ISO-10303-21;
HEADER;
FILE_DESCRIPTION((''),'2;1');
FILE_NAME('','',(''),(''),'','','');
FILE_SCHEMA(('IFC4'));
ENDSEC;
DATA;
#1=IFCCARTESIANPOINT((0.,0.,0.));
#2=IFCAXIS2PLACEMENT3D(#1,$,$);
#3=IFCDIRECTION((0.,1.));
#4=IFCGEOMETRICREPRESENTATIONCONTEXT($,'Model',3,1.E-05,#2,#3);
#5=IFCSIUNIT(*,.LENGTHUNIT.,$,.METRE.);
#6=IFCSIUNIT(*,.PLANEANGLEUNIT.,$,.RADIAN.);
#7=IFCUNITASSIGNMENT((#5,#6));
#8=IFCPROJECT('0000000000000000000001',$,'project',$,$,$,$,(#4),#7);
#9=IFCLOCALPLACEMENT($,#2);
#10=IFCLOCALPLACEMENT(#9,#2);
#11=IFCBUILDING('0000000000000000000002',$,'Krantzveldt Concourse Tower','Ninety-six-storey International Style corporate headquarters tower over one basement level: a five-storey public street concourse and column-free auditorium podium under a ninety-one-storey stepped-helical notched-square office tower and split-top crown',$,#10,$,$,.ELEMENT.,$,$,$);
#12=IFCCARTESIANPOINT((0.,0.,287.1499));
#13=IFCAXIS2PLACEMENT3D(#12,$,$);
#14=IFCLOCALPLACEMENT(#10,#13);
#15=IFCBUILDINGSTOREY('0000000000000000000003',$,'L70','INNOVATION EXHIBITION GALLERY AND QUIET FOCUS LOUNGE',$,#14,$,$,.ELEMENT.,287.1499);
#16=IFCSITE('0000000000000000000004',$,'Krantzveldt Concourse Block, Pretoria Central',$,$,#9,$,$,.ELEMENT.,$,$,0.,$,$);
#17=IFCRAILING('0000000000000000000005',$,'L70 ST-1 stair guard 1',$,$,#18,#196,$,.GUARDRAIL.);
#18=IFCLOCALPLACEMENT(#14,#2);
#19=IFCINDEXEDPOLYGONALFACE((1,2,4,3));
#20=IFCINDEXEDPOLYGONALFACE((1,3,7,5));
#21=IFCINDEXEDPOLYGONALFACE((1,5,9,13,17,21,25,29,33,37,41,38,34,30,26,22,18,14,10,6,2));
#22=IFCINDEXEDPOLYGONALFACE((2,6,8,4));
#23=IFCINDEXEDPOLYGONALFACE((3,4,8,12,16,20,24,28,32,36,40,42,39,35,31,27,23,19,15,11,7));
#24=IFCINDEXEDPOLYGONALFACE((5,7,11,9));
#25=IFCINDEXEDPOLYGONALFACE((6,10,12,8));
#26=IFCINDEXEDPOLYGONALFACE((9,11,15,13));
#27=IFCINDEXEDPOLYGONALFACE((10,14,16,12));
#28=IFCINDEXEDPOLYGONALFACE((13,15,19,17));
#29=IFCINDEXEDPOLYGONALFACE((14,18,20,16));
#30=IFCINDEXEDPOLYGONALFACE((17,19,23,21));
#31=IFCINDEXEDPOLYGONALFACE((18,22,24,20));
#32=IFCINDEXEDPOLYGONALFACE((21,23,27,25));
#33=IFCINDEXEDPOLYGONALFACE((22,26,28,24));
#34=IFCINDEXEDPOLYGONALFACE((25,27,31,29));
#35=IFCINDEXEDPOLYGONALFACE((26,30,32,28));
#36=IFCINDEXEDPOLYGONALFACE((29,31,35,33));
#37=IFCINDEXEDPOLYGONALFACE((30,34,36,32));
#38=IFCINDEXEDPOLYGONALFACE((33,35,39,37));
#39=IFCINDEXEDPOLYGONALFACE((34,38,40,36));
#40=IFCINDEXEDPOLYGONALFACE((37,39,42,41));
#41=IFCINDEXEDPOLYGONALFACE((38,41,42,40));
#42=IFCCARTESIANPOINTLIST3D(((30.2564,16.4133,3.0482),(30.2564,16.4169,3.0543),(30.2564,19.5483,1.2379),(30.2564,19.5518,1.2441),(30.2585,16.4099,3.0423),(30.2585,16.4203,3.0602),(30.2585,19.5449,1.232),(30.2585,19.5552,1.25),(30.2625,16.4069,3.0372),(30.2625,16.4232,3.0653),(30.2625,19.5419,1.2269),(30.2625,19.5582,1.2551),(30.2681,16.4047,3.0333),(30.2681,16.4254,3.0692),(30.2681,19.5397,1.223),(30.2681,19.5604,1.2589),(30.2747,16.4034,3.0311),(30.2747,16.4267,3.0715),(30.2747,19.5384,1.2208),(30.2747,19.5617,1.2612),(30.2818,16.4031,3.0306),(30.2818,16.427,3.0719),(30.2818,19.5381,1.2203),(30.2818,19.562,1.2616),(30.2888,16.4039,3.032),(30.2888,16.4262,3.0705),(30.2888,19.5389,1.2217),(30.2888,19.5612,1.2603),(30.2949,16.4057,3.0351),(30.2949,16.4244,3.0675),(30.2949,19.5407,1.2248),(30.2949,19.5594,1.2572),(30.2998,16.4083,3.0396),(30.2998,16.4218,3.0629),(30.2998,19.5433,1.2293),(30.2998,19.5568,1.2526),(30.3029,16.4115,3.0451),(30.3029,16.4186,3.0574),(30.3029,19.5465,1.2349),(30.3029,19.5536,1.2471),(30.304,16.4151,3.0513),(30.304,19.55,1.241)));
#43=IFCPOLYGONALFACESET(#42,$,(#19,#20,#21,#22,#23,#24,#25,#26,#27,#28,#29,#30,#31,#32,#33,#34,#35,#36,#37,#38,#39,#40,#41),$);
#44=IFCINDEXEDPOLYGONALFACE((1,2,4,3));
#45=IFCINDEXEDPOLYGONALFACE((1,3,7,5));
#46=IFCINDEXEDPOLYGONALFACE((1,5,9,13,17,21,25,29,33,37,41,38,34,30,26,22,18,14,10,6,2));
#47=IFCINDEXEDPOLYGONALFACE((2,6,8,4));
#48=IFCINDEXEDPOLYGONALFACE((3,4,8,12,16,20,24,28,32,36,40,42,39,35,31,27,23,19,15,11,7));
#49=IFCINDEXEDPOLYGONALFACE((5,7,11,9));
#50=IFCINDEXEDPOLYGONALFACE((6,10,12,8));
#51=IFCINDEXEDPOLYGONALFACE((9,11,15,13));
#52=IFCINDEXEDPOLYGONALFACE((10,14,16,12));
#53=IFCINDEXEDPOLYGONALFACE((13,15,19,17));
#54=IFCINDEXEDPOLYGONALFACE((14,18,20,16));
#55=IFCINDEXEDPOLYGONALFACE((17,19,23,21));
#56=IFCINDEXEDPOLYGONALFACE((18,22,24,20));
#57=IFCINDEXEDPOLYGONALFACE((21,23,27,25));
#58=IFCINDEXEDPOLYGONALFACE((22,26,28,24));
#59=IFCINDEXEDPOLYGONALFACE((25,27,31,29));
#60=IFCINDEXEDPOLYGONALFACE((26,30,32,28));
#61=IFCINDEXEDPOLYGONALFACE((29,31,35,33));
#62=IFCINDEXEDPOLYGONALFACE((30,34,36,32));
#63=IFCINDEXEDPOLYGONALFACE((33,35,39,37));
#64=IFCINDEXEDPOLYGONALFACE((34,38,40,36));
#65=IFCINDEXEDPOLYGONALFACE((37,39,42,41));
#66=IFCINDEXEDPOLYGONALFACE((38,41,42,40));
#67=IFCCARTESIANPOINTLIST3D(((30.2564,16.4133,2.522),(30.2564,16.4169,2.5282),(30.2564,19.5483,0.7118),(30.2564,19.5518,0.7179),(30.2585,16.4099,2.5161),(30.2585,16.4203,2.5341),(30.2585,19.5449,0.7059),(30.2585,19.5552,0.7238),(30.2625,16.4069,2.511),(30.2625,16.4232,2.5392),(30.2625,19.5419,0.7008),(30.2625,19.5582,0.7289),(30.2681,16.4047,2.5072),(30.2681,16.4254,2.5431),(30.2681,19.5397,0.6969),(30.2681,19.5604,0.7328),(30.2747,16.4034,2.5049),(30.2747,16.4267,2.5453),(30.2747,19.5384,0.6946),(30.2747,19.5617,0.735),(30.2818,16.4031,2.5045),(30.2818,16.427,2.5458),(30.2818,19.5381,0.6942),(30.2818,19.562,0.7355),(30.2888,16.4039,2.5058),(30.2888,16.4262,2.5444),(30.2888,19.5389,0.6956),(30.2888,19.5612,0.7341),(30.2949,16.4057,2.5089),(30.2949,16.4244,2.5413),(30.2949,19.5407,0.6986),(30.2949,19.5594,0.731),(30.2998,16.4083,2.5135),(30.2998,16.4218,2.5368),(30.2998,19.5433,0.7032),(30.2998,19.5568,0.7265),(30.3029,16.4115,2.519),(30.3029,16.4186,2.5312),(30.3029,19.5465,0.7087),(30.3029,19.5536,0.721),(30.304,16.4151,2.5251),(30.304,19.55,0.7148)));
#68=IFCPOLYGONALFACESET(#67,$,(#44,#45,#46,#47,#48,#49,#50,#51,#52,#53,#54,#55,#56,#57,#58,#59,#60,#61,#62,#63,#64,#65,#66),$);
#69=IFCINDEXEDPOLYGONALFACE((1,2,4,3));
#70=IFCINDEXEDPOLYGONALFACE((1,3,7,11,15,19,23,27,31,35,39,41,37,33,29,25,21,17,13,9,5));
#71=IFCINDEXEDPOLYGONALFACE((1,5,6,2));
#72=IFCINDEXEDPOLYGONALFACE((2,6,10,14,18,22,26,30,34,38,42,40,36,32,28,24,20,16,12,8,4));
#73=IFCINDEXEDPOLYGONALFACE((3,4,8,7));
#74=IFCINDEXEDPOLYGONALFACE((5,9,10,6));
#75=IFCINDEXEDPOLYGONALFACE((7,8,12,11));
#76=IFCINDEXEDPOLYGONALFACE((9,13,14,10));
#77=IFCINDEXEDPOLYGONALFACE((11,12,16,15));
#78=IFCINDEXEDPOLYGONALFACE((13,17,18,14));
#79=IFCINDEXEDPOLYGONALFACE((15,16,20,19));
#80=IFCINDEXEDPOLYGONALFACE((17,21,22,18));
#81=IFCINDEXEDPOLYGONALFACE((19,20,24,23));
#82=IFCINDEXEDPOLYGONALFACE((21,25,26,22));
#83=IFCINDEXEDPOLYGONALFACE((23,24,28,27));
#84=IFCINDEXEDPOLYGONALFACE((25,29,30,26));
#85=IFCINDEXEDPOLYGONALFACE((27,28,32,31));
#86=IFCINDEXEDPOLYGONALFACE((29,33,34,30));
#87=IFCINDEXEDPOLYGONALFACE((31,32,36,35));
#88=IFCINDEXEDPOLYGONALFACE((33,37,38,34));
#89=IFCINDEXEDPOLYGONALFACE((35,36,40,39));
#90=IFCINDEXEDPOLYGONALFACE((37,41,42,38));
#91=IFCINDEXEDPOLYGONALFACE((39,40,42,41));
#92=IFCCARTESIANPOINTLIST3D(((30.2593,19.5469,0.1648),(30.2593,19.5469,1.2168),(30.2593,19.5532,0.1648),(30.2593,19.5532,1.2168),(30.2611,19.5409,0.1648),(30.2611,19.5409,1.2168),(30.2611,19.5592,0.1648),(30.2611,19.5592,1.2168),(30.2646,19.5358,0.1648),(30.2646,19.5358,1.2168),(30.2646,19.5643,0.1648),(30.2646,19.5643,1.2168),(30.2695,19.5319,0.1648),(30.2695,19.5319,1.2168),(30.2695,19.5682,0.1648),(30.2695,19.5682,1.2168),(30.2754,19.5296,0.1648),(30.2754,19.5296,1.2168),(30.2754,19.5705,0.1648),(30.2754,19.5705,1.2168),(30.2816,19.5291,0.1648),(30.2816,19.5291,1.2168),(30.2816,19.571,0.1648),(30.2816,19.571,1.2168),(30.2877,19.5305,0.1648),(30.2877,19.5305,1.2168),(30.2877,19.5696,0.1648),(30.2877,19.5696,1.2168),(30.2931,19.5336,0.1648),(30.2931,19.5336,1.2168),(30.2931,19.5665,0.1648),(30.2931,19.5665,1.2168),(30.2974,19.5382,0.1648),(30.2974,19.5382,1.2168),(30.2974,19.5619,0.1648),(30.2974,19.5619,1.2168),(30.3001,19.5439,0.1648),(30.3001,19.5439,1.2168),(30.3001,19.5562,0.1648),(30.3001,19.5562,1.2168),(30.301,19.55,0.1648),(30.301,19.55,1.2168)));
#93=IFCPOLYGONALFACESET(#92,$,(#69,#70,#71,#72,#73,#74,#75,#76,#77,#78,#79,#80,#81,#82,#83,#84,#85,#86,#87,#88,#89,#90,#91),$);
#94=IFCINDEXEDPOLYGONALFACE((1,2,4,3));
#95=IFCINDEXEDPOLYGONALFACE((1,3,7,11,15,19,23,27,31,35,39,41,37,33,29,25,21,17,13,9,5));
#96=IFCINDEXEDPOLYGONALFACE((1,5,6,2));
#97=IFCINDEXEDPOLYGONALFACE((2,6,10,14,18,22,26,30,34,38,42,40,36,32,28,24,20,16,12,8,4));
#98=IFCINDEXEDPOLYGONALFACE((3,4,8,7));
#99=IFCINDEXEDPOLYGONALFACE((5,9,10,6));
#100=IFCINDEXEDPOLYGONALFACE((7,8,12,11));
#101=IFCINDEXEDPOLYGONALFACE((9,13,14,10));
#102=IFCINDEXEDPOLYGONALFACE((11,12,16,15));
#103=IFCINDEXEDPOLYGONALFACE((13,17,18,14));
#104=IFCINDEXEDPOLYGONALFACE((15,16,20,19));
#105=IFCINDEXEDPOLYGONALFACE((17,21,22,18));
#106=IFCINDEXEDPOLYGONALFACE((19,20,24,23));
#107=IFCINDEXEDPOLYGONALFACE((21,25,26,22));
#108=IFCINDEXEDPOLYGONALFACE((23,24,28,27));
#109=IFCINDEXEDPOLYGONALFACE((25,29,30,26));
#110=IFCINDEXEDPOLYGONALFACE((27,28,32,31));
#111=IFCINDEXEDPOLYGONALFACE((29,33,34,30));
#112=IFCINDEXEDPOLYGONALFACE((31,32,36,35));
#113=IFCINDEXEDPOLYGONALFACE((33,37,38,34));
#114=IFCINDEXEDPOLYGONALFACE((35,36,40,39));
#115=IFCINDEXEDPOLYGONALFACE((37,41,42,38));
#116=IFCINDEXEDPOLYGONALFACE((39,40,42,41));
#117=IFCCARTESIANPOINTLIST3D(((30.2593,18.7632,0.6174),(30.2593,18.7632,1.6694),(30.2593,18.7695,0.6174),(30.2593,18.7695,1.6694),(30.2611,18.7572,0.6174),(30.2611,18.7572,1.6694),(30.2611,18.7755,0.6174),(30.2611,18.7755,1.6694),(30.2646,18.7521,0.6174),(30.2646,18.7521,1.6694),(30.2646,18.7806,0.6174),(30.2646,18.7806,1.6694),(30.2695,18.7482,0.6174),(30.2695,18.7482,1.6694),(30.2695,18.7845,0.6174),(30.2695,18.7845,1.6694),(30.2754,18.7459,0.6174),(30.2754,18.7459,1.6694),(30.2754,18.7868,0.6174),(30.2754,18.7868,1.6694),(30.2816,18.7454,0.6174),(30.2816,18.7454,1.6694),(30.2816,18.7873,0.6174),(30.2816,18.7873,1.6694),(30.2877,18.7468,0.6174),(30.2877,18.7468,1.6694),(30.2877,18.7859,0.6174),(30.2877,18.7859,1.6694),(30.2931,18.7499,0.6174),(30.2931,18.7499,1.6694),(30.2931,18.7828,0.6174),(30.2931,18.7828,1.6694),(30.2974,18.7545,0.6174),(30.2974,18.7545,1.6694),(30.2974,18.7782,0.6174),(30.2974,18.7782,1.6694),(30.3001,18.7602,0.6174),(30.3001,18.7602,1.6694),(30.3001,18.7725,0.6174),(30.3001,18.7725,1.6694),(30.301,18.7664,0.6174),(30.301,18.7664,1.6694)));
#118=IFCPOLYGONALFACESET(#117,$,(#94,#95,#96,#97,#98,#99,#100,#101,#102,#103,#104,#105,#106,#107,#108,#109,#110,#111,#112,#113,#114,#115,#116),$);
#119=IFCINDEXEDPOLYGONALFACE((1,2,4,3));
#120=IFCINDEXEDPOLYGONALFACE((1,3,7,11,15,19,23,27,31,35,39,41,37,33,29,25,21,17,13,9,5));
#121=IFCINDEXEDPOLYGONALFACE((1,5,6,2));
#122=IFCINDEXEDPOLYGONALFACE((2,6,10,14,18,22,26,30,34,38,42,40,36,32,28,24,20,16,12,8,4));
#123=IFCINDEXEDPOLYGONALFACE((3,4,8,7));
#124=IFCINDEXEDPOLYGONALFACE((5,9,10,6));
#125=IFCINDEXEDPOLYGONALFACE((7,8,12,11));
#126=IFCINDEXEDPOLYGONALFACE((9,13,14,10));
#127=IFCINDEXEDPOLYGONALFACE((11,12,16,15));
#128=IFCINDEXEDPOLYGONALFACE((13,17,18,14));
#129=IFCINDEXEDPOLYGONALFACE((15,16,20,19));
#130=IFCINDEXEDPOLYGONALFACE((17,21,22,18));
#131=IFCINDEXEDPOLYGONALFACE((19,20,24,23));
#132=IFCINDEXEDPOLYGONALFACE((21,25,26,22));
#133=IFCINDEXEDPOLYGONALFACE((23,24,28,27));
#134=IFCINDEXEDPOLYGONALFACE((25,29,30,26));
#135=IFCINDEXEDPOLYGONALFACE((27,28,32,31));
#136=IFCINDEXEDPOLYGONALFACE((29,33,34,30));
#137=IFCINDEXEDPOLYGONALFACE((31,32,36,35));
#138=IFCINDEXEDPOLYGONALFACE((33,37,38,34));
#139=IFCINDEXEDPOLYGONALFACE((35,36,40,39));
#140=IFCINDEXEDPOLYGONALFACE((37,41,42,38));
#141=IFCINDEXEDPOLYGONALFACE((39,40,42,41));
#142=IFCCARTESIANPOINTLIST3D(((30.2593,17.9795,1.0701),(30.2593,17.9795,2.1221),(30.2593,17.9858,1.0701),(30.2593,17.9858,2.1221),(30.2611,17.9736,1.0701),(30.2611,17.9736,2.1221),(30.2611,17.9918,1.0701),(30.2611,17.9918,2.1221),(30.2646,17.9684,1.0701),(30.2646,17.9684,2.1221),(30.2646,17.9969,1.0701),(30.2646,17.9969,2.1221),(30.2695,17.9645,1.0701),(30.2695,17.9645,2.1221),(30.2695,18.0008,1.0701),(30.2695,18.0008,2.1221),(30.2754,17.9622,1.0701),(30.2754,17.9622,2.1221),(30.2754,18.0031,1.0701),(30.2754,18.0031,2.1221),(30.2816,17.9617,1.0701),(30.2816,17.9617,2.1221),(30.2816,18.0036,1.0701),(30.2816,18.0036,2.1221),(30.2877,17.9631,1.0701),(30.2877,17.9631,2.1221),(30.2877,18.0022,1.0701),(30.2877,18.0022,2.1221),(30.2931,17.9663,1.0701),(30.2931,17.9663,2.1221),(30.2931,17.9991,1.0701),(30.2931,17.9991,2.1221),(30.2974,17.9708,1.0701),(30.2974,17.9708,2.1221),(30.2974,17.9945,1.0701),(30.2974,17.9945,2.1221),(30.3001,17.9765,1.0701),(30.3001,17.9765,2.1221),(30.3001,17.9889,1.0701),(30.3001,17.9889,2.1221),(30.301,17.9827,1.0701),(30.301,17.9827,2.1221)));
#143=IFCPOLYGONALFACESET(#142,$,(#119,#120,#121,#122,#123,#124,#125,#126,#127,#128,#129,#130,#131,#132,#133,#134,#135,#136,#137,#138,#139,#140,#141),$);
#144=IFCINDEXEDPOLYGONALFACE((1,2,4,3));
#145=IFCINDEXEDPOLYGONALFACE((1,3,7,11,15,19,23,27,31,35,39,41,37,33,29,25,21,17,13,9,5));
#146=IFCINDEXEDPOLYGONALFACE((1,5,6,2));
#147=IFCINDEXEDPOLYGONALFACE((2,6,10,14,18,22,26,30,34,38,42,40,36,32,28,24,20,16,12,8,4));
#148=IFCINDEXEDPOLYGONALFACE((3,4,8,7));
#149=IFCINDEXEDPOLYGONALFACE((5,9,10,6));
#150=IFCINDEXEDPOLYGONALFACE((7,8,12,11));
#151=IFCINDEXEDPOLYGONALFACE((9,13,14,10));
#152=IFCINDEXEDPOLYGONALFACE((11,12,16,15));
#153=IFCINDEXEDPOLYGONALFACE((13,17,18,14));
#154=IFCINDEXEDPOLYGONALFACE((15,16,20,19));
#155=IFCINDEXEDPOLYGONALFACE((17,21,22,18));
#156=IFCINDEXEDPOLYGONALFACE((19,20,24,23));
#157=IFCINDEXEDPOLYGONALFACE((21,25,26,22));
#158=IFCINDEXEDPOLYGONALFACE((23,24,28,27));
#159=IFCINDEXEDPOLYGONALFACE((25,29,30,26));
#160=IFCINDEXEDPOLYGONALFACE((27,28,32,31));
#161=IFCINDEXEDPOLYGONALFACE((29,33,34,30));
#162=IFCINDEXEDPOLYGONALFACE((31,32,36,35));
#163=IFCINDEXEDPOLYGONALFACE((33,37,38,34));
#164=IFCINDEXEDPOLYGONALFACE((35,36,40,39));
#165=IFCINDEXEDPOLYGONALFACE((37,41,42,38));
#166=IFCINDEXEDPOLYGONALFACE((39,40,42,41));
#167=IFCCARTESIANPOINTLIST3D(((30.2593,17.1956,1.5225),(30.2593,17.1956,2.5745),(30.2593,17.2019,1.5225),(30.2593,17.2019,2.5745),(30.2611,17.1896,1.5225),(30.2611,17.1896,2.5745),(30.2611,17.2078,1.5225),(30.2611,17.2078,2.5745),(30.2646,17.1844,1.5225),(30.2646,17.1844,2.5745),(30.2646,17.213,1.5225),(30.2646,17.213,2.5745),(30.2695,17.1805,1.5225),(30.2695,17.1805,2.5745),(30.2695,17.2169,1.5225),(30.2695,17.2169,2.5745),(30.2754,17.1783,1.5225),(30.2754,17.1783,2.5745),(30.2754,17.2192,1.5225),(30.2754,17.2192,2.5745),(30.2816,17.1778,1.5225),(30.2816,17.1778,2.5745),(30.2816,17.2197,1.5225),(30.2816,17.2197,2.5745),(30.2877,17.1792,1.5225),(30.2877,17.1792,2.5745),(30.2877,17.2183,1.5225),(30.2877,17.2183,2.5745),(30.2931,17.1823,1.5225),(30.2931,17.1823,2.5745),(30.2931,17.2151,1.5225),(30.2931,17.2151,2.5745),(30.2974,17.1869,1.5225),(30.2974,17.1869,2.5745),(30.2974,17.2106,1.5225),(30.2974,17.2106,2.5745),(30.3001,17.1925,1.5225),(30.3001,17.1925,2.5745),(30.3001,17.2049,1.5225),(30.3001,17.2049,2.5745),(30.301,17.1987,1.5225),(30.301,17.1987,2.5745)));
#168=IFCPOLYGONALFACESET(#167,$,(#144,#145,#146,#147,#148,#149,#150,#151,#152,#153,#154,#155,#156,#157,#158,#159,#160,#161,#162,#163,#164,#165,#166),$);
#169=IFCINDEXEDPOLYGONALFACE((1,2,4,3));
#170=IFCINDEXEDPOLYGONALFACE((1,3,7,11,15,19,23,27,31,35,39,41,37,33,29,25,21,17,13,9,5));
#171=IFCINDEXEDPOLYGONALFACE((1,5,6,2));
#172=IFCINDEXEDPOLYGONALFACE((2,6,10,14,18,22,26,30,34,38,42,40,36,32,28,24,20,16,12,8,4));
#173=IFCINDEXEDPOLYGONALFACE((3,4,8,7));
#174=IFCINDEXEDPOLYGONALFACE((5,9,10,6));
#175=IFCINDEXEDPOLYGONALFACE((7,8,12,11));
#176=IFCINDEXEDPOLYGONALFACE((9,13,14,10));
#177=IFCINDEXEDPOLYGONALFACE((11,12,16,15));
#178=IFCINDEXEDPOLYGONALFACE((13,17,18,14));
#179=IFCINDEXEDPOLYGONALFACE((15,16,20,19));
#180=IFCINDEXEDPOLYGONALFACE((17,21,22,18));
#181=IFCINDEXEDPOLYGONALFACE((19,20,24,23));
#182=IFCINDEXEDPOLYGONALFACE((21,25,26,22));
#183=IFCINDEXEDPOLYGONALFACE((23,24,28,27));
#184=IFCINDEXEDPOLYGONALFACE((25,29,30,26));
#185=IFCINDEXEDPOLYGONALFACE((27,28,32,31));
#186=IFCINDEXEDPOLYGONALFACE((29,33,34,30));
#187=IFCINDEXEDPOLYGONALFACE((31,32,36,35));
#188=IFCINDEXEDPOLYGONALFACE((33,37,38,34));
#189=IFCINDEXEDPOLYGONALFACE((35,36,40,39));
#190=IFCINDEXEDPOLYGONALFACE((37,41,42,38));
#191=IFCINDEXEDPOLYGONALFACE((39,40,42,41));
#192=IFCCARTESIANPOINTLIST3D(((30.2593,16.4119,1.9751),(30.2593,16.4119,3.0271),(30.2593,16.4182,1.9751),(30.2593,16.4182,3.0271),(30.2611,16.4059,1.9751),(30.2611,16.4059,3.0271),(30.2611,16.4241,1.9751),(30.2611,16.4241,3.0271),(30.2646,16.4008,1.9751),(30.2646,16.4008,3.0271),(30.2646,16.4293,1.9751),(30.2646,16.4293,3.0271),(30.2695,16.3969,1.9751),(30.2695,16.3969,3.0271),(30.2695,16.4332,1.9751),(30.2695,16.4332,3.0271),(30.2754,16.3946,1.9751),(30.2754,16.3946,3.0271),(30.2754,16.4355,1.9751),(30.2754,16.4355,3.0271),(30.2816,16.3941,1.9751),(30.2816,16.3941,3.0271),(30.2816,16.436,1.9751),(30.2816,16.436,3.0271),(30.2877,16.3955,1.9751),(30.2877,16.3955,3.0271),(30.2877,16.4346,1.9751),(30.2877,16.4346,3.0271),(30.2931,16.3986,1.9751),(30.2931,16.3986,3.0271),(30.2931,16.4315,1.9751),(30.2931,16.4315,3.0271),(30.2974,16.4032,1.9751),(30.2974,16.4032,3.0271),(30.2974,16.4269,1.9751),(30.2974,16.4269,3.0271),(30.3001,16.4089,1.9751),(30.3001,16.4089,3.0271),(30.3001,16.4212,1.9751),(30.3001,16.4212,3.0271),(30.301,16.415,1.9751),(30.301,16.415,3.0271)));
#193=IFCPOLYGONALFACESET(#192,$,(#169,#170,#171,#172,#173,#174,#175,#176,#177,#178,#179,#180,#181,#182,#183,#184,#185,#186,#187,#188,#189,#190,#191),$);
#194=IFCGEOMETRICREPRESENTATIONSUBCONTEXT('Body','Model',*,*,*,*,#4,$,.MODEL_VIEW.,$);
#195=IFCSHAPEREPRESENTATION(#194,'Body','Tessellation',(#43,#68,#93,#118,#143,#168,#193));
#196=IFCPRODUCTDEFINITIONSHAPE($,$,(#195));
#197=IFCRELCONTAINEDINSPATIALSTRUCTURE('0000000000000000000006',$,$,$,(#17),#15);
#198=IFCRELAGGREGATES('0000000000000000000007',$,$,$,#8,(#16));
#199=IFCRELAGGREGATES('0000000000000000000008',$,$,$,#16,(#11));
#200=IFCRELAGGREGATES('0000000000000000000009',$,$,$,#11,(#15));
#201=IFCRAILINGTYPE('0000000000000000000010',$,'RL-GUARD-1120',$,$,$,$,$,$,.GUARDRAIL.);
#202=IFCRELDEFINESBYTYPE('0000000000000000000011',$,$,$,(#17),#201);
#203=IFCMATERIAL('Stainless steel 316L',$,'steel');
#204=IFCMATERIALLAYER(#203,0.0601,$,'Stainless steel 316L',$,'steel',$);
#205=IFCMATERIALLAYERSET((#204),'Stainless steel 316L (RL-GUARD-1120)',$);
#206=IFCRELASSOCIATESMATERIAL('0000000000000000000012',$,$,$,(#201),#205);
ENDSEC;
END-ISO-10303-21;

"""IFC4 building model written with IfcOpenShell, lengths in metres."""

from ifc_helpers import new_model, si_unit, direction, frame, origin, origin_2d, place, context, subcontext, project, spatial, circle, extrude, material, layer, layer_set, type_object, element, save


model = new_model("IFC4")

# Units and contexts
model_context = context("Model", 3, precision=1e-05, world=origin(), true_north=direction((0.0, 1.0)))
body_context = subcontext(model_context, "Body", "Model", "MODEL_VIEW")
ifc_project = project(units=[si_unit("LENGTHUNIT", "METRE"), si_unit("PLANEANGLEUNIT", "RADIAN")], contexts=[model_context])

# Site, building, storey
site_placement = place(None, origin())
site = spatial("IfcSite", under=ifc_project, at=site_placement, Name="Krantzveldt Concourse Block, Pretoria Central", CompositionType="ELEMENT", RefElevation=0.0)
building_placement = place(site_placement, origin())
building = spatial("IfcBuilding", under=site, at=building_placement, Name="Krantzveldt Concourse Tower", Description="Ninety-six-storey International Style corporate headquarters tower over one basement level: a five-storey public street concourse and column-free auditorium podium under a ninety-one-storey stepped-helical notched-square office tower and split-top crown", CompositionType="ELEMENT")
storey_placement = place(building_placement, frame((0.0, 0.0, 287.1499)))
storey = spatial("IfcBuildingStorey", under=building, at=storey_placement, Name="L70", Description="INNOVATION EXHIBITION GALLERY AND QUIET FOCUS LOUNGE", CompositionType="ELEMENT", Elevation=287.1499)

# Railing
ifc_material_1 = material(Name="Stainless steel 316L", Category="steel")
ifc_layer_1 = layer(ifc_material_1, 0.0601, Name="Stainless steel 316L", Category="steel")
ifc_layer_set_1 = layer_set([ifc_layer_1], Name="Stainless steel 316L (RL-GUARD-1120)")
railing_type_1 = type_object("IfcRailingType", Name="RL-GUARD-1120", PredefinedType="GUARDRAIL", material=ifc_layer_set_1)
railing_1_placement = place(storey_placement, frame((30.28, 19.55, 0.1648)))
element("IfcRailing", 1, at=railing_1_placement, inside=storey, type_object=railing_type_1, Name="L70 ST-1 stair guard 1", PredefinedType="GUARDRAIL", context=body_context, shape_type="SweptSolid", body=[
    extrude(circle(Radius=0.0239, at=origin_2d()), frame((0.0, 0.0, 1.0762), z_axis=(0.0, -0.865989, 0.500063), x_axis=(1.0, 0.0, 0.0)), (0.0, 0.0, 1.0), 3.6201),
    extrude(circle(Radius=0.0239, at=origin_2d()), frame((0.0, 0.0, 0.55), z_axis=(0.0, -0.865989, 0.500063), x_axis=(1.0, 0.0, 0.0)), (0.0, 0.0, 1.0), 3.6201),
    extrude(circle(Radius=0.021, at=origin_2d()), origin(), (0.0, 0.0, 1.0), 1.052),
    extrude(circle(Radius=0.021, at=origin_2d()), frame((0.0, -0.7837, 0.4526)), (0.0, 0.0, 1.0), 1.052),
    extrude(circle(Radius=0.021, at=origin_2d()), frame((0.0, -1.5674, 0.9053)), (0.0, 0.0, 1.0), 1.052),
    extrude(circle(Radius=0.021, at=origin_2d()), frame((0.0, -2.3513, 1.3577)), (0.0, 0.0, 1.0), 1.052),
    extrude(circle(Radius=0.021, at=origin_2d()), frame((0.0, -3.135, 1.8103)), (0.0, 0.0, 1.0), 1.052),
])

save(model, "model.ifc")
